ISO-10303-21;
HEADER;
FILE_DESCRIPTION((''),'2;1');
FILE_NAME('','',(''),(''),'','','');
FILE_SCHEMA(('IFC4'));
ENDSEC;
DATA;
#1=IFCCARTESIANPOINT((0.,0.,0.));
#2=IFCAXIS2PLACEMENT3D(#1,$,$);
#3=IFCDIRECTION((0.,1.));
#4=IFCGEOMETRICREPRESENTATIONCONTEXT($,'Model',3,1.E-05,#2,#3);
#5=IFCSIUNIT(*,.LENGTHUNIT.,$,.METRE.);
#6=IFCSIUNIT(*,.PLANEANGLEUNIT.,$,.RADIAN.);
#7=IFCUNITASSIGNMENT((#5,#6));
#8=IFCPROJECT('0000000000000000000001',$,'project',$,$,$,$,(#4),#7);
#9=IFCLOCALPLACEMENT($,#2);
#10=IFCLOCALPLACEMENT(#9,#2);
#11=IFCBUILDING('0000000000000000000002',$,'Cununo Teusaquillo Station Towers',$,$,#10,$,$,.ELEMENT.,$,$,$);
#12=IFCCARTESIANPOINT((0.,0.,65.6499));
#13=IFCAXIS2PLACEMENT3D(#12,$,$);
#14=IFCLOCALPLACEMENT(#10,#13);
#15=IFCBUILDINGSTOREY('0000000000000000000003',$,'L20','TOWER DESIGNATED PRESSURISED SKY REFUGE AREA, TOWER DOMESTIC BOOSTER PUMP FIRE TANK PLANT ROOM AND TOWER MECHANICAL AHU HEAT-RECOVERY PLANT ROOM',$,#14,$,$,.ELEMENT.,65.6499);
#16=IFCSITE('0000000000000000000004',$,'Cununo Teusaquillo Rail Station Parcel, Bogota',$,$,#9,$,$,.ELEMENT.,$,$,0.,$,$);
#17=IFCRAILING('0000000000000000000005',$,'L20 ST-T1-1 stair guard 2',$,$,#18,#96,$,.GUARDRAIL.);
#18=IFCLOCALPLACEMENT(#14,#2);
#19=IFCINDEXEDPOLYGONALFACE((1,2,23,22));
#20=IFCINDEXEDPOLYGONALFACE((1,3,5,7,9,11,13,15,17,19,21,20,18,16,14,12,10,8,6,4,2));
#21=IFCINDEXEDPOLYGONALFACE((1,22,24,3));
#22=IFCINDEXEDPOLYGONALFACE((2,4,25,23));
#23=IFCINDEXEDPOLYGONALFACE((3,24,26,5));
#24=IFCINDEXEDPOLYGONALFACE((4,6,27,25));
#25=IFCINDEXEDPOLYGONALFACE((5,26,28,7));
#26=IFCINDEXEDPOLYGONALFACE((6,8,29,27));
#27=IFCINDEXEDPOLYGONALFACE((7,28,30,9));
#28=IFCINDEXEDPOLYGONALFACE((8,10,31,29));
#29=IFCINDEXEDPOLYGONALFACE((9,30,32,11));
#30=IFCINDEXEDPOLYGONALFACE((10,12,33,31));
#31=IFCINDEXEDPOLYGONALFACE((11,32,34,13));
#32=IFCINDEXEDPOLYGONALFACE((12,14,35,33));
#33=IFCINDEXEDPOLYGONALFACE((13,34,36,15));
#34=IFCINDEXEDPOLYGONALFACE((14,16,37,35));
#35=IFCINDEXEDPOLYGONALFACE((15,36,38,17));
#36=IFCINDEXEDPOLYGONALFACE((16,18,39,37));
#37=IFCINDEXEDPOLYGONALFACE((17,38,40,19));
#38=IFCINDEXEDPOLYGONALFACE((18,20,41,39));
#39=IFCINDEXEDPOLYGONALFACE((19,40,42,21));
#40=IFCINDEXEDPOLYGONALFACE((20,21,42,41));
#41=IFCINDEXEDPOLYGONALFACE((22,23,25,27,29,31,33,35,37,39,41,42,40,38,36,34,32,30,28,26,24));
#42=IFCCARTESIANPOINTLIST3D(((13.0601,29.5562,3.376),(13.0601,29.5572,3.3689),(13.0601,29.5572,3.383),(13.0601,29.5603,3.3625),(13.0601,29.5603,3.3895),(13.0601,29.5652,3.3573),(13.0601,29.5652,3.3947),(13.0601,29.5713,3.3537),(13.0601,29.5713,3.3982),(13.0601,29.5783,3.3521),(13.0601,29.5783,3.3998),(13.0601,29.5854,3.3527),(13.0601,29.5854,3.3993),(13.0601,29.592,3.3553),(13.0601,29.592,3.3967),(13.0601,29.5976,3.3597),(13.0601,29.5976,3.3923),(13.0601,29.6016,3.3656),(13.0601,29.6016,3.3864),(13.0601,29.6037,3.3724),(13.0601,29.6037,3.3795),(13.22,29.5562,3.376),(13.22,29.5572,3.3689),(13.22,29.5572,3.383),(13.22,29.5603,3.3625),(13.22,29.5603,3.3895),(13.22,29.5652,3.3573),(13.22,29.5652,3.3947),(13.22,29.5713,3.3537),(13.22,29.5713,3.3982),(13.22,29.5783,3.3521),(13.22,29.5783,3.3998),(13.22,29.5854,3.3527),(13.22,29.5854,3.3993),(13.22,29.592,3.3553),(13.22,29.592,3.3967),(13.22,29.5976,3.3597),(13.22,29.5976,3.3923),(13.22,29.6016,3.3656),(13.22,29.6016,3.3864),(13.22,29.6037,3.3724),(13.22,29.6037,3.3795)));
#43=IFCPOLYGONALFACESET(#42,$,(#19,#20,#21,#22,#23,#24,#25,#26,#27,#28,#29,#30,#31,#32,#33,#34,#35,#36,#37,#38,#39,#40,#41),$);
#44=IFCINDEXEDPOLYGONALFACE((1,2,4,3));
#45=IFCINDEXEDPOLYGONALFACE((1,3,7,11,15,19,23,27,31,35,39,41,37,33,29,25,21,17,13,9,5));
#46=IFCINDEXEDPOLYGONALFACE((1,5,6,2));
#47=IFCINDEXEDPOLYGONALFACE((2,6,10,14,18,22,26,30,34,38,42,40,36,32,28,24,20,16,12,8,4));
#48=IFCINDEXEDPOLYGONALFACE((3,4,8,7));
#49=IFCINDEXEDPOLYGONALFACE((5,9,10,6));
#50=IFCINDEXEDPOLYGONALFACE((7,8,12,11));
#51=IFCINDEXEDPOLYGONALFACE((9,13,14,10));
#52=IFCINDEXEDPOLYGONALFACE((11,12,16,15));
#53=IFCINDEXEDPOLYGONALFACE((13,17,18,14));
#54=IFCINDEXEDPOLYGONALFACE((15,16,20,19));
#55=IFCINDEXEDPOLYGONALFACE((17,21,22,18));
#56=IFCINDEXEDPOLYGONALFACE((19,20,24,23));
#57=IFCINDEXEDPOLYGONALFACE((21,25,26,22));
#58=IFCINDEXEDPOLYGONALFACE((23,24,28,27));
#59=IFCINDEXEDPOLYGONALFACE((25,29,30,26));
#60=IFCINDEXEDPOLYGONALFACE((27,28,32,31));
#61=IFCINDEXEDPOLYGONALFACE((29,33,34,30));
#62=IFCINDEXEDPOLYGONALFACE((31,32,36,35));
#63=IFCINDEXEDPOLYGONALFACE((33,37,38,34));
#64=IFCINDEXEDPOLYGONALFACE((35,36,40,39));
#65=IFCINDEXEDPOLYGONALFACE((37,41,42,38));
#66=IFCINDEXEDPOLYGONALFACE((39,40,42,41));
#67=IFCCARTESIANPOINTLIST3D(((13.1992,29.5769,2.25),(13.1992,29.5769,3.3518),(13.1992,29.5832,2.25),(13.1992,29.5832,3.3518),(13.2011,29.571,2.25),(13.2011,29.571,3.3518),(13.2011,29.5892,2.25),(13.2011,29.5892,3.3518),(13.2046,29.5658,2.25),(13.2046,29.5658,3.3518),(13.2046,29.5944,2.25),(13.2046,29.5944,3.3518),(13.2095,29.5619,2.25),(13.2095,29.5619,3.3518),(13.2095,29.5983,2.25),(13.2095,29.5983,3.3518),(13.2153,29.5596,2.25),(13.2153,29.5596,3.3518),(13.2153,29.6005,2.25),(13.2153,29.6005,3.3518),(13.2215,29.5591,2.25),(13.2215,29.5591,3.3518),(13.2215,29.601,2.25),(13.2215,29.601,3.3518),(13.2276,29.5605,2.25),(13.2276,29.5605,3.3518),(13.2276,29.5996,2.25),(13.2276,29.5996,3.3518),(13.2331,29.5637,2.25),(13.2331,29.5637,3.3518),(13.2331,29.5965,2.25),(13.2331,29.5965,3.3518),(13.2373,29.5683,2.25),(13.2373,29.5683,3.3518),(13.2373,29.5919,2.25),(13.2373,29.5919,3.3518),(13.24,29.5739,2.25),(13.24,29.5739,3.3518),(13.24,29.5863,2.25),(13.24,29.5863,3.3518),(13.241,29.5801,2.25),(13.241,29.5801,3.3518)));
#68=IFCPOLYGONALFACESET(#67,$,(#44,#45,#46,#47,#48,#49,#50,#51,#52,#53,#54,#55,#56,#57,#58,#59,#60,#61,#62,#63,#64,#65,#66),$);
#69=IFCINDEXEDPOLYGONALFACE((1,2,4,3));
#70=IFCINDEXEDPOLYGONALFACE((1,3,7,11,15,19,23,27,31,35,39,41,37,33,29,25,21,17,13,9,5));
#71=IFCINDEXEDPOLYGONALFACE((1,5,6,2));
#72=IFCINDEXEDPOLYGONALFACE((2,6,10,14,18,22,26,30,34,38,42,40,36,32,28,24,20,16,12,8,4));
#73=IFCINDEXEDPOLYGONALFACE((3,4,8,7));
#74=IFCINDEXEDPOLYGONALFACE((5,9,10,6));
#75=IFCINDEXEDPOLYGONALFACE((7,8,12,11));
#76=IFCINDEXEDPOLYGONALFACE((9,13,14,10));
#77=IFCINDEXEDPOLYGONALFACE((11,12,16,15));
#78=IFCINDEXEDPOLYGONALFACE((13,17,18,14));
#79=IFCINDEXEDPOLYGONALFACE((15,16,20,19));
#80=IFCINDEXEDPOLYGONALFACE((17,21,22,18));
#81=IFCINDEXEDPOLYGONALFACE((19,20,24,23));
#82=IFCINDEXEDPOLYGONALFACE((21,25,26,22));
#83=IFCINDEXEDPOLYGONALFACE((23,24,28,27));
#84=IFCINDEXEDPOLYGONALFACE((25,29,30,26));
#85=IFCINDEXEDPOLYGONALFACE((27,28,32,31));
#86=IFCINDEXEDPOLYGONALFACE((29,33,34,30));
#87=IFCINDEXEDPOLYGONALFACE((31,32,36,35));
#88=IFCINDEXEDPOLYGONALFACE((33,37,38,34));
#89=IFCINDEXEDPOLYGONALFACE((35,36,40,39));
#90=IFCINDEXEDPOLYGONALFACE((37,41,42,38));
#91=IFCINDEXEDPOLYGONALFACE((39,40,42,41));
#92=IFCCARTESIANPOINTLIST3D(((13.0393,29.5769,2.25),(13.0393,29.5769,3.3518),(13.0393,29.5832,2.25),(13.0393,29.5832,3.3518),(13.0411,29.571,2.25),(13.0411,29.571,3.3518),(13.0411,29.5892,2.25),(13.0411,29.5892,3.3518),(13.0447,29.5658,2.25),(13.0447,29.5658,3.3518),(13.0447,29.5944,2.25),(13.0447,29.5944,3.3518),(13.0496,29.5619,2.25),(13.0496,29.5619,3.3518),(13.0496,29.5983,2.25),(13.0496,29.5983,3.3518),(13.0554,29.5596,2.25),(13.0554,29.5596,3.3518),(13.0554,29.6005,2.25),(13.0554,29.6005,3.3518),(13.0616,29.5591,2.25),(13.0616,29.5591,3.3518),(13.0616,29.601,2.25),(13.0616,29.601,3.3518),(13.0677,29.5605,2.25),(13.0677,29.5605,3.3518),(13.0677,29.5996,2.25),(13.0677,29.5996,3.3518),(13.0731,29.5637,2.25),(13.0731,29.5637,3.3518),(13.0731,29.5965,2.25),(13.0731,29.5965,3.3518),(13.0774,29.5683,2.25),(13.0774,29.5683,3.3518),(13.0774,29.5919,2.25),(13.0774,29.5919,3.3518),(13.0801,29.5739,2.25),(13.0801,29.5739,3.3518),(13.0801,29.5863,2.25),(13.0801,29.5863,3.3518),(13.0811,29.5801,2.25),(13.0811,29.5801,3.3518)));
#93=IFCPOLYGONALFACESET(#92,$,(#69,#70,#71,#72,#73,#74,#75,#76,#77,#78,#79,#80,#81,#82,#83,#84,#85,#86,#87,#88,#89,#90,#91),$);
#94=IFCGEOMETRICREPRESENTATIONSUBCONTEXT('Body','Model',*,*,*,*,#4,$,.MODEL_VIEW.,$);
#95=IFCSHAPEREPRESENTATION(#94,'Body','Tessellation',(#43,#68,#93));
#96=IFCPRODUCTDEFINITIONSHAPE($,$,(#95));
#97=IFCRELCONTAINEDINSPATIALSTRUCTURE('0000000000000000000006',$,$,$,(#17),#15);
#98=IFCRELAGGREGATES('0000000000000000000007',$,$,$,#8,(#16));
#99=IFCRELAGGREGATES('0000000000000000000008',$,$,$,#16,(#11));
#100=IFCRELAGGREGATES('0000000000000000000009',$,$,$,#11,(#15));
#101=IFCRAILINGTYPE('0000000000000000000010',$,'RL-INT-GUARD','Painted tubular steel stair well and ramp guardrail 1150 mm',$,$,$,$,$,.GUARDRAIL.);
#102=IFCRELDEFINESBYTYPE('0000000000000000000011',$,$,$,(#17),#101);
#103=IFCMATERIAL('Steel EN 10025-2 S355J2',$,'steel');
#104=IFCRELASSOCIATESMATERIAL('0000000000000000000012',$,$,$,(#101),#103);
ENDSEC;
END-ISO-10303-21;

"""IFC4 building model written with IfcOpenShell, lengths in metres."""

from ifc_helpers import new_model, si_unit, direction, frame, origin, origin_2d, place, context, subcontext, project, spatial, circle, extrude, material, type_object, element, save


model = new_model("IFC4")

# Units and contexts
model_context = context("Model", 3, precision=1e-05, world=origin(), true_north=direction((0.0, 1.0)))
body_context = subcontext(model_context, "Body", "Model", "MODEL_VIEW")
ifc_project = project(units=[si_unit("LENGTHUNIT", "METRE"), si_unit("PLANEANGLEUNIT", "RADIAN")], contexts=[model_context])

# Site, building, storey
site_placement = place(None, origin())
site = spatial("IfcSite", under=ifc_project, at=site_placement, Name="Cununo Teusaquillo Rail Station Parcel, Bogota", CompositionType="ELEMENT", RefElevation=0.0)
building_placement = place(site_placement, origin())
building = spatial("IfcBuilding", under=site, at=building_placement, Name="Cununo Teusaquillo Station Towers", CompositionType="ELEMENT")
storey_placement = place(building_placement, frame((0.0, 0.0, 65.6499)))
storey = spatial("IfcBuildingStorey", under=building, at=storey_placement, Name="L20", Description="TOWER DESIGNATED PRESSURISED SKY REFUGE AREA, TOWER DOMESTIC BOOSTER PUMP FIRE TANK PLANT ROOM AND TOWER MECHANICAL AHU HEAT-RECOVERY PLANT ROOM", CompositionType="ELEMENT", Elevation=65.6499)

# Railing
ifc_material_1 = material(Name="Steel EN 10025-2 S355J2", Category="steel")
railing_type_1 = type_object("IfcRailingType", Name="RL-INT-GUARD", Description="Painted tubular steel stair well and ramp guardrail 1150 mm", PredefinedType="GUARDRAIL", material=ifc_material_1)
railing_1_placement = place(storey_placement, frame((13.22, 29.5801, 2.25)))
element("IfcRailing", 1, at=railing_1_placement, inside=storey, type_object=railing_type_1, Name="L20 ST-T1-1 stair guard 2", PredefinedType="GUARDRAIL", context=body_context, shape_type="SweptSolid", body=[
    extrude(circle(Radius=0.0239, at=origin_2d()), frame((0.0, 0.0, 1.126), z_axis=(-1.0, 0.0, 0.0), x_axis=(0.0, -1.0, 0.0)), (0.0, 0.0, 1.0), 0.1599),
    extrude(circle(Radius=0.021, at=origin_2d()), origin(), (0.0, 0.0, 1.0), 1.1018),
    extrude(circle(Radius=0.021, at=origin_2d()), frame((-0.1599, 0.0, 0.0)), (0.0, 0.0, 1.0), 1.1018),
])

save(model, "model.ifc")
